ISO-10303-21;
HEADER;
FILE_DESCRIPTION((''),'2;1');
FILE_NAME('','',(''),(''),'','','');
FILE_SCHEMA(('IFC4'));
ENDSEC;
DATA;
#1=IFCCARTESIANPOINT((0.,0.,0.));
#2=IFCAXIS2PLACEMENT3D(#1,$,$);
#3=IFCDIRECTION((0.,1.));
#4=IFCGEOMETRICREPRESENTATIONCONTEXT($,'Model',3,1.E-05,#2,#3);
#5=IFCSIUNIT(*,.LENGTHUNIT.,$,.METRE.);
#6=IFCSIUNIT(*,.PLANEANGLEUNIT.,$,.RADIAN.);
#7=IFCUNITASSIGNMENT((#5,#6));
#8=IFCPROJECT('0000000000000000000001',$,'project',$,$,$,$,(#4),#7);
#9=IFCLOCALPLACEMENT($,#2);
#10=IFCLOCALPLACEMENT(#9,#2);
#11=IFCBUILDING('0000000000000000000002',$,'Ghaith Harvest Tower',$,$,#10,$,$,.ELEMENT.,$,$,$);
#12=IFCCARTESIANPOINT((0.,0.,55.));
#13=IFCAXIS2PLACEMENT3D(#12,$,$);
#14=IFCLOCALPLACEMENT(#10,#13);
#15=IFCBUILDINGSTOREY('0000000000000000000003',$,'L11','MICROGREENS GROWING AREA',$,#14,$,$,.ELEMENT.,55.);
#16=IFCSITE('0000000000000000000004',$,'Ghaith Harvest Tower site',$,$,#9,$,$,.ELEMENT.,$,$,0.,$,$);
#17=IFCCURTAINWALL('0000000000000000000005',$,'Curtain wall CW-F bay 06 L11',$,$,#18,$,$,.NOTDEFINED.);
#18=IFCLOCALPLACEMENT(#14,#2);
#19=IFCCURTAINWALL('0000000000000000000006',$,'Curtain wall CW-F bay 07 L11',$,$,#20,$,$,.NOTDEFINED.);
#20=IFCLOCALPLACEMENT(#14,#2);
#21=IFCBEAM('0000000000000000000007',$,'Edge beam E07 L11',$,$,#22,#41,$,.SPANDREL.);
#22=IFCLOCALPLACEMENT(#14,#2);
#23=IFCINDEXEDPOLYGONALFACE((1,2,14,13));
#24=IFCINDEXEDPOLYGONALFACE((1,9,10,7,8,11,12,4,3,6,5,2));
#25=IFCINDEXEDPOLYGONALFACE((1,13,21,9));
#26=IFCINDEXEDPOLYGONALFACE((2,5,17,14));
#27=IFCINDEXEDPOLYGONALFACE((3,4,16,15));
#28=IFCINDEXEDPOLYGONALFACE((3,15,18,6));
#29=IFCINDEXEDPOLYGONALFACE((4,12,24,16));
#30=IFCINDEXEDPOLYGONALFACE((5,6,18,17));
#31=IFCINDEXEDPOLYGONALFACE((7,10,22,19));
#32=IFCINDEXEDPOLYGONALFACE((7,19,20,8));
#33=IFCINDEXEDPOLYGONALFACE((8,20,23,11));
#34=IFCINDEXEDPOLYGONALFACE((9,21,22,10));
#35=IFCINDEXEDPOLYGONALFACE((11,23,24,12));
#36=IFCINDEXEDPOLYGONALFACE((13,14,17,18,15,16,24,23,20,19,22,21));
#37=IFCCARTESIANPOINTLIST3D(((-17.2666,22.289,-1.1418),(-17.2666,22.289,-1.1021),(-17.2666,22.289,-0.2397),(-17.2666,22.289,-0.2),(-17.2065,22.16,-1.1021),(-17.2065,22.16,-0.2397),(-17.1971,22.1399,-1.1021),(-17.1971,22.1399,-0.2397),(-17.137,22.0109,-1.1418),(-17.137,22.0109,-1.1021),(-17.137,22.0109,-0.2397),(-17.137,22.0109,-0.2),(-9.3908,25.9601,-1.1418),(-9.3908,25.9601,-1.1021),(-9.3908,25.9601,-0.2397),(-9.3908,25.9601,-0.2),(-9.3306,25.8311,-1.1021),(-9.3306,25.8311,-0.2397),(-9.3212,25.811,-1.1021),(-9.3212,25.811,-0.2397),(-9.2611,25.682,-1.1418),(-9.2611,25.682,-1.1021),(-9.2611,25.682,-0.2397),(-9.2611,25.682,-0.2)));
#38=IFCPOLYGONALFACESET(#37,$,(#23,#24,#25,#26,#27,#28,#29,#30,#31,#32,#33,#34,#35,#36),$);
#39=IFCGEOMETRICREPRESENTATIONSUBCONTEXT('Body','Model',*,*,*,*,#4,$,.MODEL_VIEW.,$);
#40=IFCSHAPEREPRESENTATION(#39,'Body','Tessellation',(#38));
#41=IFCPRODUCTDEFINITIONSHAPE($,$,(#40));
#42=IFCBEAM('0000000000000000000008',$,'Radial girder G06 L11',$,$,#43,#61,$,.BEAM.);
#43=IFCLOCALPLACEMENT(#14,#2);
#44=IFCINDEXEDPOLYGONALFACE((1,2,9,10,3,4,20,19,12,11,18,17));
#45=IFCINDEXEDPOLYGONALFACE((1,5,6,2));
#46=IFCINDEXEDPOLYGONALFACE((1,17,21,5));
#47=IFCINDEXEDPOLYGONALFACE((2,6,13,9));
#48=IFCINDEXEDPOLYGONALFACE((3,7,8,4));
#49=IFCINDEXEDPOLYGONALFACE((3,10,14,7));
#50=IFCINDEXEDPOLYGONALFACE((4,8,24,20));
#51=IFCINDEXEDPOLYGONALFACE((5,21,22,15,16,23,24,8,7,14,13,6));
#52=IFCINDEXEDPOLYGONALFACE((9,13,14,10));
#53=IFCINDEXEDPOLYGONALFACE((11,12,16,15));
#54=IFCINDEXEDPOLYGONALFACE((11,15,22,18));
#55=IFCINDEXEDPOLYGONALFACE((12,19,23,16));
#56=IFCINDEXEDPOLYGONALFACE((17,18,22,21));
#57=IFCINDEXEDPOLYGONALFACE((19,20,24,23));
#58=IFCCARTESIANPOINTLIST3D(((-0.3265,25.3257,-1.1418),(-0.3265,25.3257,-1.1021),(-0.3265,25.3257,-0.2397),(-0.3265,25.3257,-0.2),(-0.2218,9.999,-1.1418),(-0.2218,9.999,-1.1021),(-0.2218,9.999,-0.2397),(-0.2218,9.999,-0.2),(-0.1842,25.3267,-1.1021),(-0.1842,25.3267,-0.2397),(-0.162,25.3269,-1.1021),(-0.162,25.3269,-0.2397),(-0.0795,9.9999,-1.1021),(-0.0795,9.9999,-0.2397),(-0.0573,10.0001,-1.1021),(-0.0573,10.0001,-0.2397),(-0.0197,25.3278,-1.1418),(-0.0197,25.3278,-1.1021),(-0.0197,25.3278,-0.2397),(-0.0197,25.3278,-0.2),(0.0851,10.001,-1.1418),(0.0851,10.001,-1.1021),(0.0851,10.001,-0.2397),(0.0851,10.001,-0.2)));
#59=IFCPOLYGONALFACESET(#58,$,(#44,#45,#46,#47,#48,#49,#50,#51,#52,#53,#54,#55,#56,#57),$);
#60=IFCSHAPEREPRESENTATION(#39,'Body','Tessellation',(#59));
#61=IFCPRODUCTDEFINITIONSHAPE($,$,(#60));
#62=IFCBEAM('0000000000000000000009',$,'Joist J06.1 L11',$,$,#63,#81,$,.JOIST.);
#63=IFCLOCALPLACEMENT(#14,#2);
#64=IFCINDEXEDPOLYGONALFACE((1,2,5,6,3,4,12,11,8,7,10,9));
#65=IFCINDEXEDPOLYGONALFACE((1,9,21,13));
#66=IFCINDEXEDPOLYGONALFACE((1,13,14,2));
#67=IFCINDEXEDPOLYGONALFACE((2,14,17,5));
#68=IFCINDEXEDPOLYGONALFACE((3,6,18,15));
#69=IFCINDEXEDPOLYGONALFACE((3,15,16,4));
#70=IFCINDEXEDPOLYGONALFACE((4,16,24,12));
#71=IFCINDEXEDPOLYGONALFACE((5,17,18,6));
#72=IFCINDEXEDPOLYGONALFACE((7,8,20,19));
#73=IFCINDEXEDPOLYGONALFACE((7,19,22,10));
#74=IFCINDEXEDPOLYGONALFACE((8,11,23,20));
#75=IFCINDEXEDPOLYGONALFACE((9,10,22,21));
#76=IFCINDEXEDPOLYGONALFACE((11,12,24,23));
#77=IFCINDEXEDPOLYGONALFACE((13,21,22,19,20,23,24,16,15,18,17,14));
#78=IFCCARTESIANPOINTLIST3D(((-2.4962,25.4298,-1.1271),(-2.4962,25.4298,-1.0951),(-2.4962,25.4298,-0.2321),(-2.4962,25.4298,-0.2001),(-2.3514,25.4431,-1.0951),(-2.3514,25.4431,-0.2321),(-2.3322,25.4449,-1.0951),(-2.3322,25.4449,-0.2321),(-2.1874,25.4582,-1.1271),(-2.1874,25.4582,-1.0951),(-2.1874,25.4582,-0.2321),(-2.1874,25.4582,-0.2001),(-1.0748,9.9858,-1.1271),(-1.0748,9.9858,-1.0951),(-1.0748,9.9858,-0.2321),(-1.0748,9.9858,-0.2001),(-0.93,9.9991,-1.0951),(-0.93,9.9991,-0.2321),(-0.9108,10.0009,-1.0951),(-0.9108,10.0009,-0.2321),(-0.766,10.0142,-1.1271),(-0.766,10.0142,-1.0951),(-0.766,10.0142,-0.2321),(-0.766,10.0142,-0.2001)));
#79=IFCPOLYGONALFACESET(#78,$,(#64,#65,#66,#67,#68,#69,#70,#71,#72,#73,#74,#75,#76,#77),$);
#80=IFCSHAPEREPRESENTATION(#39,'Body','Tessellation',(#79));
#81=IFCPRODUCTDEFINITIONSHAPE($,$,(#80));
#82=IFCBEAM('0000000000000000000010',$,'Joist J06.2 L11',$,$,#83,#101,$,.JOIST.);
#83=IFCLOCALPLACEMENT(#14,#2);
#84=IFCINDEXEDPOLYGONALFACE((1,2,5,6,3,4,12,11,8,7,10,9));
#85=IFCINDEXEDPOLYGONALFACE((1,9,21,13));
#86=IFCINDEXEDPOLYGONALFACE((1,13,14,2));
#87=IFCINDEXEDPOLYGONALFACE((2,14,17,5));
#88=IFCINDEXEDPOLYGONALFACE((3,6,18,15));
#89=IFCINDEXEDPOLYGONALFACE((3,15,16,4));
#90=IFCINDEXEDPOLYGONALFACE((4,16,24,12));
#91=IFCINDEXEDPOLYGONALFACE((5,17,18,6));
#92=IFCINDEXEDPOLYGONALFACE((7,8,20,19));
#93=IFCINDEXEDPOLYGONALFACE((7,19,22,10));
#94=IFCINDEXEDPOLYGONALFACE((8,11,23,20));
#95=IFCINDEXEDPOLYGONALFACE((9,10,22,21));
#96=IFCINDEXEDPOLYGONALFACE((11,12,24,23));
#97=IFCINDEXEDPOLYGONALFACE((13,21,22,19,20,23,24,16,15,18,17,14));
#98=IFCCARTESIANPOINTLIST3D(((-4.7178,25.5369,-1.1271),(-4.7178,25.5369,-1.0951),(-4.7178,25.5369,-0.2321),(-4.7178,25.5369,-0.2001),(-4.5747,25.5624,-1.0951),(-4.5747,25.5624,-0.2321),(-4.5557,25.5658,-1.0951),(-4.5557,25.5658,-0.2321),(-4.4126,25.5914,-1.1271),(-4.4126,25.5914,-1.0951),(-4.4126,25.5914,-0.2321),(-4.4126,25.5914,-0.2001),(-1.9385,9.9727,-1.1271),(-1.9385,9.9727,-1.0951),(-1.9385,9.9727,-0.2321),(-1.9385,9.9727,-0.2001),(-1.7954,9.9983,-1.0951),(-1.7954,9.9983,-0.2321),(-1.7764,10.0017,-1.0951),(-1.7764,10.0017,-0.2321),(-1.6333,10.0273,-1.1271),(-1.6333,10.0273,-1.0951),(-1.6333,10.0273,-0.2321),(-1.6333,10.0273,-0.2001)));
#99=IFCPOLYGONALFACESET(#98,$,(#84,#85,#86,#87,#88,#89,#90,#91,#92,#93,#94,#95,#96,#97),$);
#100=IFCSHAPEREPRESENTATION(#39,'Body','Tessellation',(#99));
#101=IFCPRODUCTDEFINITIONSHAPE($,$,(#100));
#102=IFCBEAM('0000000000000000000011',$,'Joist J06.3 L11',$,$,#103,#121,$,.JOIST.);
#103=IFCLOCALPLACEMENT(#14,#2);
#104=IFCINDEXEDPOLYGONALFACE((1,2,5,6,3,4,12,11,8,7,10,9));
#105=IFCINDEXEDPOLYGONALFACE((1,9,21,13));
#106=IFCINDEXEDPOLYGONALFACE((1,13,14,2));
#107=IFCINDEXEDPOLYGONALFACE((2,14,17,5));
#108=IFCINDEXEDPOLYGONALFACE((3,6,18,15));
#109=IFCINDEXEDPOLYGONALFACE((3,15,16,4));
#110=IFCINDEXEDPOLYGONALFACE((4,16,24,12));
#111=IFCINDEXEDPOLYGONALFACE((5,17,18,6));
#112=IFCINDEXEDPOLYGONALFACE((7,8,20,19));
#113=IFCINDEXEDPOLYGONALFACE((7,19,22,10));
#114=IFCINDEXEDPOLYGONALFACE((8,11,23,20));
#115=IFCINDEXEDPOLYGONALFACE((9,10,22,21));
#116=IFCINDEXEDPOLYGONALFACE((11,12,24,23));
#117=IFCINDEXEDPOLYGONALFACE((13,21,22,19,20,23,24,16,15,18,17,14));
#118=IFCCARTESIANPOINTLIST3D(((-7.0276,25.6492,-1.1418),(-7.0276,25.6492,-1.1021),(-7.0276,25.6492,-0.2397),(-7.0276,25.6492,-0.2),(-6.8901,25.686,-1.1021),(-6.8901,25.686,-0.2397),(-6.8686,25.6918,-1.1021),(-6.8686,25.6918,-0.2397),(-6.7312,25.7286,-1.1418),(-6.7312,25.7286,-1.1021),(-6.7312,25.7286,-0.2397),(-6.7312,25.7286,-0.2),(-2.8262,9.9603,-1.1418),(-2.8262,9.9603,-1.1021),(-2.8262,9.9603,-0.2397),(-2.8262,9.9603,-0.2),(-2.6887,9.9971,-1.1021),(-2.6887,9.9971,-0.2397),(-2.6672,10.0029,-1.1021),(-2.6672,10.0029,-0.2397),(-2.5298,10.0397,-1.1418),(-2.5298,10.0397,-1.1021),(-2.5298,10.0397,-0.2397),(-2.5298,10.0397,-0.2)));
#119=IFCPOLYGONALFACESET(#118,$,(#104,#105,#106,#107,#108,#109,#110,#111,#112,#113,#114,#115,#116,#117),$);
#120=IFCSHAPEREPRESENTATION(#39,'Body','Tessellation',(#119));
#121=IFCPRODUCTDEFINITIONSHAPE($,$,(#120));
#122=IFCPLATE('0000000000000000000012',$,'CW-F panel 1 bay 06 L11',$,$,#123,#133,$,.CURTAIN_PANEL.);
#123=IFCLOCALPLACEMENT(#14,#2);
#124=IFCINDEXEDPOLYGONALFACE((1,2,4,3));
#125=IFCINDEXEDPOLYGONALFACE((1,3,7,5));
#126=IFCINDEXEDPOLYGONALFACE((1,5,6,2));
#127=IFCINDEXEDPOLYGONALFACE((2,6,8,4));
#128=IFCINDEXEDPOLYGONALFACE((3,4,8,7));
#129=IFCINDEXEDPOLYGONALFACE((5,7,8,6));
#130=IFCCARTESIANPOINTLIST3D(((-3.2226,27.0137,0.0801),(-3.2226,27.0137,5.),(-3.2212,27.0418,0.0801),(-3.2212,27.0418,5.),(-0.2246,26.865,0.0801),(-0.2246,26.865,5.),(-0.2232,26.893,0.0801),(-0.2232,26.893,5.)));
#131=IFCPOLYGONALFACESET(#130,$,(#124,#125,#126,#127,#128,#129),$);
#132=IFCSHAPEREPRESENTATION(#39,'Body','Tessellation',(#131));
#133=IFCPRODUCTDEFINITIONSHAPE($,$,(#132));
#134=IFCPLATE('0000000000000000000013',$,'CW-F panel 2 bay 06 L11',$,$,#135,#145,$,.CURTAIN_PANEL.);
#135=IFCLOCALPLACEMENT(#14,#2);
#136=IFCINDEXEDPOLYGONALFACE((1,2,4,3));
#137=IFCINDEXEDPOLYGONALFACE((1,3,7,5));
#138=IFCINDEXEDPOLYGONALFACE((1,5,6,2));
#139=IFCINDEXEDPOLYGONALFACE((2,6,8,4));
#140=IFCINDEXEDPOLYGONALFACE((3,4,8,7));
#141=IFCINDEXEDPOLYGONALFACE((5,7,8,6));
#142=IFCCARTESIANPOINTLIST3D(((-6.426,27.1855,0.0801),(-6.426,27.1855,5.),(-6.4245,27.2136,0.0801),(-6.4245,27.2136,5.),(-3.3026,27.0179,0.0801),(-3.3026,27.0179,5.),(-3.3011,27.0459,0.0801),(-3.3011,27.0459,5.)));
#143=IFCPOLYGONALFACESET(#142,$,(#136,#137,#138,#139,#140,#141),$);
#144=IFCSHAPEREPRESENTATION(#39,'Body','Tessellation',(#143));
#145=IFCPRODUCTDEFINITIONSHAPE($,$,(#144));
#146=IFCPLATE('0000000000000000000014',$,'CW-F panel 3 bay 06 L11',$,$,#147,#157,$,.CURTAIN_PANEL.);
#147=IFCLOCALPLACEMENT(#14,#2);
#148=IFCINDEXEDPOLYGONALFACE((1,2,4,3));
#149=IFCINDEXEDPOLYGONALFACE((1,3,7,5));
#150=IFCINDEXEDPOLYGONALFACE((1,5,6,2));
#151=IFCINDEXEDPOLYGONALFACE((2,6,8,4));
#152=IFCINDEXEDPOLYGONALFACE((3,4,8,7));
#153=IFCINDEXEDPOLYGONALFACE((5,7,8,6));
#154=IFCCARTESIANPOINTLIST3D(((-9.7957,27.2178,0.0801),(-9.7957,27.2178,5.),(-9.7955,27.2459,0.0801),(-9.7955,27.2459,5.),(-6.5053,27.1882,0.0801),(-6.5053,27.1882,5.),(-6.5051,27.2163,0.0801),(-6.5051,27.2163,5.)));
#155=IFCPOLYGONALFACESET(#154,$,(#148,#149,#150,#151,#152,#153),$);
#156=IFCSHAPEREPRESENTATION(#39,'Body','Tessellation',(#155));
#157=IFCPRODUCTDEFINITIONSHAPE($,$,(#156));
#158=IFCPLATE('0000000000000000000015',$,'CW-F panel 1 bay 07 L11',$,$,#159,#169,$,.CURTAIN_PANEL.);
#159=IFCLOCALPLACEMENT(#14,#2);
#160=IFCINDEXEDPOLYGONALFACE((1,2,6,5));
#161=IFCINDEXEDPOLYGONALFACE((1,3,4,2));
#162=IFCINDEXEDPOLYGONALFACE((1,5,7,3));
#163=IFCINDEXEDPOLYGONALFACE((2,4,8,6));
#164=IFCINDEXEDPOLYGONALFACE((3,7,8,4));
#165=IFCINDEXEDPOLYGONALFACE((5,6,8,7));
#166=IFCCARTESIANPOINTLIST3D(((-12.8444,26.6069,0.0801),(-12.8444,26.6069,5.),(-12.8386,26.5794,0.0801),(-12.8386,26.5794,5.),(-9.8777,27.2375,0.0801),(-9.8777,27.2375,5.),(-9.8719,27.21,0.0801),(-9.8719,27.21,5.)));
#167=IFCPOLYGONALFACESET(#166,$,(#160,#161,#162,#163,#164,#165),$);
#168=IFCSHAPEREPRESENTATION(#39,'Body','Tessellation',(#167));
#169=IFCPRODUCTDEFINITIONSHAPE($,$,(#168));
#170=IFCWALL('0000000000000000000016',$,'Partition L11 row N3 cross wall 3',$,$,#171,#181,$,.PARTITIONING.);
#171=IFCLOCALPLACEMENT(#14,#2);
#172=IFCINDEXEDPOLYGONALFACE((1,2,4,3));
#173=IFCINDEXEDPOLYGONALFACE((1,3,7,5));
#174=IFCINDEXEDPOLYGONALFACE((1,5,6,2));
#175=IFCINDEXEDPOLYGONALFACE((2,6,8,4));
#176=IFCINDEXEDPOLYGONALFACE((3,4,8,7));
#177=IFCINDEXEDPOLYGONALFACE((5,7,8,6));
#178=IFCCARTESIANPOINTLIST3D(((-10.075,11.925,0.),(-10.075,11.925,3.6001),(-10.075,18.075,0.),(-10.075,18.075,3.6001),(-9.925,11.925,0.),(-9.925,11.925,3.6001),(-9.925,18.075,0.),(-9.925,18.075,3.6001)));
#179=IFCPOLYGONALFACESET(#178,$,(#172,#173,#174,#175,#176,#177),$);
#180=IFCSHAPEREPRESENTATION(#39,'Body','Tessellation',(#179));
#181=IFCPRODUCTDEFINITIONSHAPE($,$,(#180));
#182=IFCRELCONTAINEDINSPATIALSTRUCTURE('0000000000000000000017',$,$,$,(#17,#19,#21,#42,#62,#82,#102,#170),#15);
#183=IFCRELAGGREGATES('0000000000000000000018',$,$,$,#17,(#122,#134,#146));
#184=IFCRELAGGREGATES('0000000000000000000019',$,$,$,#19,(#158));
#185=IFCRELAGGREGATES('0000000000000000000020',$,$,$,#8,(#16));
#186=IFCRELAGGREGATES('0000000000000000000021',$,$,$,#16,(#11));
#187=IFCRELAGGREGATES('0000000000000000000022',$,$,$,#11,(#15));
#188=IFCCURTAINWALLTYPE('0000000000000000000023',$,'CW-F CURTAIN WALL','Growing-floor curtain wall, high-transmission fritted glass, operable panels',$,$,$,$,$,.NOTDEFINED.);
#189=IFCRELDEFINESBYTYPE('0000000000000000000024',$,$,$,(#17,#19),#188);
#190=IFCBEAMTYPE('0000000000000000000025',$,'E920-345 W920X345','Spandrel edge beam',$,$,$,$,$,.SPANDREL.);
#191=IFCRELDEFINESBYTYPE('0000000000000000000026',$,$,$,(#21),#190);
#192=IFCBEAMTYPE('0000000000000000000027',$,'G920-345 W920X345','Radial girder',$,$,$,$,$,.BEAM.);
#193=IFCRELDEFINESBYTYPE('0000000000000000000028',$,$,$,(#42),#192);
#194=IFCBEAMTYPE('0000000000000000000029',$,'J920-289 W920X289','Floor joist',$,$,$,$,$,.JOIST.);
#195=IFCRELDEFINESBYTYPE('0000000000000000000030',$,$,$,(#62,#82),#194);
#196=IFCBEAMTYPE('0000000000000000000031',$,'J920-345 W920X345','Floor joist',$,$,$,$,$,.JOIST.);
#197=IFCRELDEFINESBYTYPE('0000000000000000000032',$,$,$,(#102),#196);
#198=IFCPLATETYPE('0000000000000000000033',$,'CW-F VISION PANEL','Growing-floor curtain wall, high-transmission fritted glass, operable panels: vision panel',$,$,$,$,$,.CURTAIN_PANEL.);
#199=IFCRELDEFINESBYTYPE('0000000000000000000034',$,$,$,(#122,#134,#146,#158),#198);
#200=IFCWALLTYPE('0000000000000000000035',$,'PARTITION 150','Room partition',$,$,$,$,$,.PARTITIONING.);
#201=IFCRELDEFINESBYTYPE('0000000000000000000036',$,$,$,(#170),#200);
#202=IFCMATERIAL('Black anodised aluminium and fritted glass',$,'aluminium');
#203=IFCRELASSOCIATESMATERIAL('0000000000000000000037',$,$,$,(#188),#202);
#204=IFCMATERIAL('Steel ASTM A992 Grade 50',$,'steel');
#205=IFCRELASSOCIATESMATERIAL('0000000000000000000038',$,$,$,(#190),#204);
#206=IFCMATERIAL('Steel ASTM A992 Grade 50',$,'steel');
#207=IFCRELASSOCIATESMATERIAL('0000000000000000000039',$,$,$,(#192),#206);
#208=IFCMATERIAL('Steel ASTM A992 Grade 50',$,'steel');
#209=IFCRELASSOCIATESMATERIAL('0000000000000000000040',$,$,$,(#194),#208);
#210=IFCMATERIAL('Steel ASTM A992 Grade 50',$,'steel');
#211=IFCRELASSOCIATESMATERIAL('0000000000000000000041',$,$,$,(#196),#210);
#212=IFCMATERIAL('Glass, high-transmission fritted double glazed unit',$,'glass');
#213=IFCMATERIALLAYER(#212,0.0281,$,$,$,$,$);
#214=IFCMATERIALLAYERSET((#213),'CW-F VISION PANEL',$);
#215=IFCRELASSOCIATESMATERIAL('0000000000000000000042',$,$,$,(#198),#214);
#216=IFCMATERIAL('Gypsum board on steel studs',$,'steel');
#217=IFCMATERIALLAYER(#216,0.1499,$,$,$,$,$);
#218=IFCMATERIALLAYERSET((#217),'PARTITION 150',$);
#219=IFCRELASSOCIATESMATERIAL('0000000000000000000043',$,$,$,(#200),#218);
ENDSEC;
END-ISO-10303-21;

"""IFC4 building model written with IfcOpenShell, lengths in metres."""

from ifc_helpers import new_model, si_unit, direction, frame, frame_2d, origin, origin_2d, place, context, subcontext, project, spatial, rectangle, i_section, extrude, material, layer, layer_set, material_profile, profile_set, type_object, element, aggregate, save


model = new_model("IFC4")

# Units and contexts
model_context = context("Model", 3, precision=1e-05, world=origin(), true_north=direction((0.0, 1.0)))
body_context = subcontext(model_context, "Body", "Model", "MODEL_VIEW")
ifc_project = project(units=[si_unit("LENGTHUNIT", "METRE"), si_unit("PLANEANGLEUNIT", "RADIAN")], contexts=[model_context])

# Site, building, storey
site_placement = place(None, origin())
site = spatial("IfcSite", under=ifc_project, at=site_placement, Name="Ghaith Harvest Tower site", CompositionType="ELEMENT", RefElevation=0.0)
building_placement = place(site_placement, origin())
building = spatial("IfcBuilding", under=site, at=building_placement, Name="Ghaith Harvest Tower", CompositionType="ELEMENT")
storey_placement = place(building_placement, frame((0.0, 0.0, 55.0)))
storey = spatial("IfcBuildingStorey", under=building, at=storey_placement, Name="L11", Description="MICROGREENS GROWING AREA", CompositionType="ELEMENT", Elevation=55.0)

# Curtain walls
ifc_material_1 = material(Name="Black anodised aluminium and fritted glass", Category="aluminium")
curtain_wall_type = type_object("IfcCurtainWallType", Name="CW-F CURTAIN WALL", Description="Growing-floor curtain wall, high-transmission fritted glass, operable panels", PredefinedType="NOTDEFINED", material=ifc_material_1)
curtain_wall_1_placement = place(storey_placement, origin())
curtain_wall_1 = element("IfcCurtainWall", 1, at=curtain_wall_1_placement, inside=storey, type_object=curtain_wall_type, Name="Curtain wall CW-F bay 06 L11", PredefinedType="NOTDEFINED")
curtain_wall_2_placement = place(storey_placement, origin())
curtain_wall_2 = element("IfcCurtainWall", 2, at=curtain_wall_2_placement, inside=storey, type_object=curtain_wall_type, Name="Curtain wall CW-F bay 07 L11", PredefinedType="NOTDEFINED")

# Beams
ifc_material_2 = material(Name="Steel ASTM A992 Grade 50", Category="steel")
ifc_material_profile_1 = material_profile(ifc_material_2, i_section(OverallWidth=0.3069, OverallDepth=0.9419, WebThickness=0.0222, FlangeThickness=0.0398, at=origin_2d()), Name="W920X345")
ifc_profile_set_1 = profile_set([ifc_material_profile_1], Name="Steel ASTM A992 Grade 50")
beam_type_1 = type_object("IfcBeamType", Name="E920-345 W920X345", Description="Spandrel edge beam", PredefinedType="SPANDREL", material=ifc_profile_set_1)
beam_1_placement = place(storey_placement, frame((-9.3259, 25.821, -0.6709), z_axis=(-0.906373, -0.422478, 0.0), x_axis=(0.422478, -0.906373, 0.0)))
element("IfcBeam", 3, at=beam_1_placement, inside=storey, type_object=beam_type_1, Name="Edge beam E07 L11", PredefinedType="SPANDREL", context=body_context, shape_type="SweptSolid", body=[
    extrude(i_section(OverallWidth=0.3069, OverallDepth=0.9419, WebThickness=0.0222, FlangeThickness=0.0398, at=origin_2d()), origin(), (0.0, 0.0, 1.0), 8.6895),
])
ifc_material_3 = material(Name="Steel ASTM A992 Grade 50", Category="steel")
ifc_material_profile_2 = material_profile(ifc_material_3, i_section(OverallWidth=0.3069, OverallDepth=0.9419, WebThickness=0.0222, FlangeThickness=0.0398, at=origin_2d()), Name="W920X345")
ifc_profile_set_2 = profile_set([ifc_material_profile_2], Name="Steel ASTM A992 Grade 50")
beam_type_2 = type_object("IfcBeamType", Name="G920-345 W920X345", Description="Radial girder", PredefinedType="BEAM", material=ifc_profile_set_2)
beam_2_placement = place(storey_placement, frame((-0.0684, 10.0, -0.6709), z_axis=(-0.006833, 0.999977, 0.0), x_axis=(-0.999977, -0.006833, 0.0)))
element("IfcBeam", 4, at=beam_2_placement, inside=storey, type_object=beam_type_2, Name="Radial girder G06 L11", PredefinedType="BEAM", context=body_context, shape_type="SweptSolid", body=[
    extrude(i_section(OverallWidth=0.3069, OverallDepth=0.9419, WebThickness=0.0222, FlangeThickness=0.0398, at=origin_2d()), origin(), (0.0, 0.0, 1.0), 15.3271),
])
ifc_material_4 = material(Name="Steel ASTM A992 Grade 50", Category="steel")
ifc_material_profile_3 = material_profile(ifc_material_4, i_section(OverallWidth=0.3101, OverallDepth=0.927, WebThickness=0.0193, FlangeThickness=0.032, at=origin_2d()), Name="W920X289")
ifc_profile_set_3 = profile_set([ifc_material_profile_3], Name="Steel ASTM A992 Grade 50")
beam_type_3 = type_object("IfcBeamType", Name="J920-289 W920X289", Description="Floor joist", PredefinedType="JOIST", material=ifc_profile_set_3)
beam_3_placement = place(storey_placement, frame((-0.9204, 10.0, -0.6636), z_axis=(-0.091647, 0.995792, 0.0), x_axis=(-0.995792, -0.091647, 0.0)))
element("IfcBeam", 5, at=beam_3_placement, inside=storey, type_object=beam_type_3, Name="Joist J06.1 L11", PredefinedType="JOIST", context=body_context, shape_type="SweptSolid", body=[
    extrude(i_section(OverallWidth=0.3101, OverallDepth=0.927, WebThickness=0.0193, FlangeThickness=0.032, at=origin_2d()), origin(), (0.0, 0.0, 1.0), 15.5093),
])
beam_4_placement = place(storey_placement, frame((-1.7859, 10.0, -0.6636), z_axis=(-0.175789, 0.984428, 0.0), x_axis=(-0.984428, -0.175789, 0.0)))
element("IfcBeam", 6, at=beam_4_placement, inside=storey, type_object=beam_type_3, Name="Joist J06.2 L11", PredefinedType="JOIST", context=body_context, shape_type="SweptSolid", body=[
    extrude(i_section(OverallWidth=0.3101, OverallDepth=0.927, WebThickness=0.0193, FlangeThickness=0.032, at=origin_2d()), origin(), (0.0, 0.0, 1.0), 15.8103),
])
ifc_material_5 = material(Name="Steel ASTM A992 Grade 50", Category="steel")
ifc_material_profile_4 = material_profile(ifc_material_5, i_section(OverallWidth=0.3069, OverallDepth=0.9419, WebThickness=0.0222, FlangeThickness=0.0398, at=origin_2d()), Name="W920X345")
ifc_profile_set_4 = profile_set([ifc_material_profile_4], Name="Steel ASTM A992 Grade 50")
beam_type_4 = type_object("IfcBeamType", Name="J920-345 W920X345", Description="Floor joist", PredefinedType="JOIST", material=ifc_profile_set_4)
beam_5_placement = place(storey_placement, frame((-2.678, 10.0, -0.6709), z_axis=(-0.258679, 0.965963, 0.0), x_axis=(-0.965963, -0.258679, 0.0)))
element("IfcBeam", 7, at=beam_5_placement, inside=storey, type_object=beam_type_4, Name="Joist J06.3 L11", PredefinedType="JOIST", context=body_context, shape_type="SweptSolid", body=[
    extrude(i_section(OverallWidth=0.3069, OverallDepth=0.9419, WebThickness=0.0222, FlangeThickness=0.0398, at=origin_2d()), origin(), (0.0, 0.0, 1.0), 16.2417),
])

# Plates
ifc_material_6 = material(Name="Glass, high-transmission fritted double glazed unit", Category="glass")
ifc_layer_1 = layer(ifc_material_6, 0.0281)
ifc_layer_set_1 = layer_set([ifc_layer_1], Name="CW-F VISION PANEL")
plate_type = type_object("IfcPlateType", Name="CW-F VISION PANEL", Description="Growing-floor curtain wall, high-transmission fritted glass, operable panels: vision panel", PredefinedType="CURTAIN_PANEL", material=ifc_layer_set_1)
plate_1_placement = place(storey_placement, frame((-1.7229, 26.9534, 0.0801), z_axis=(0.0, 0.0, 1.0), x_axis=(-0.998771, 0.049554, 0.0)))
plate_1 = element("IfcPlate", 8, at=plate_1_placement, type_object=plate_type, Name="CW-F panel 1 bay 06 L11", PredefinedType="CURTAIN_PANEL", context=body_context, shape_type="SweptSolid", body=[
    extrude(rectangle(XDim=3.0017, YDim=0.0281, at=origin_2d()), origin(), (0.0, 0.0, 1.0), 4.9199),
])
plate_2_placement = place(storey_placement, frame((-4.8635, 27.1157, 0.0801), z_axis=(0.0, 0.0, 1.0), x_axis=(-0.998563, 0.0536, 0.0)))
plate_2 = element("IfcPlate", 9, at=plate_2_placement, type_object=plate_type, Name="CW-F panel 2 bay 06 L11", PredefinedType="CURTAIN_PANEL", context=body_context, shape_type="SweptSolid", body=[
    extrude(rectangle(XDim=3.1279, YDim=0.0281, at=origin_2d()), origin(), (0.0, 0.0, 1.0), 4.9199),
])
plate_3_placement = place(storey_placement, frame((-8.1504, 27.217, 0.0801), z_axis=(0.0, 0.0, 1.0), x_axis=(-0.99996, 0.008988, 0.0)))
plate_3 = element("IfcPlate", 10, at=plate_3_placement, type_object=plate_type, Name="CW-F panel 3 bay 06 L11", PredefinedType="CURTAIN_PANEL", context=body_context, shape_type="SweptSolid", body=[
    extrude(rectangle(XDim=3.2905, YDim=0.0281, at=origin_2d()), origin(), (0.0, 0.0, 1.0), 4.9199),
])
aggregate(curtain_wall_1, [plate_1, plate_2, plate_3])
plate_4_placement = place(storey_placement, frame((-11.3582, 26.9084, 0.0801), z_axis=(0.0, 0.0, 1.0), x_axis=(-0.978149, -0.207904, 0.0)))
plate_4 = element("IfcPlate", 11, at=plate_4_placement, type_object=plate_type, Name="CW-F panel 1 bay 07 L11", PredefinedType="CURTAIN_PANEL", context=body_context, shape_type="SweptSolid", body=[
    extrude(rectangle(XDim=3.033, YDim=0.0281, at=origin_2d()), origin(), (0.0, 0.0, 1.0), 4.9199),
])
aggregate(curtain_wall_2, [plate_4])

# Wall
ifc_material_7 = material(Name="Gypsum board on steel studs", Category="steel")
ifc_layer_2 = layer(ifc_material_7, 0.1499)
ifc_layer_set_2 = layer_set([ifc_layer_2], Name="PARTITION 150")
wall_type = type_object("IfcWallType", Name="PARTITION 150", Description="Room partition", PredefinedType="PARTITIONING", material=ifc_layer_set_2)
wall_1_placement = place(storey_placement, frame((-10.0, 11.925, 0.0), z_axis=(0.0, 0.0, 1.0), x_axis=(0.0, 1.0, 0.0)))
element("IfcWall", 12, at=wall_1_placement, inside=storey, type_object=wall_type, Name="Partition L11 row N3 cross wall 3", PredefinedType="PARTITIONING", context=body_context, shape_type="SweptSolid", body=[
    extrude(rectangle(XDim=6.1499, YDim=0.1499, at=frame_2d((3.075, 0.0))), origin(), (0.0, 0.0, 1.0), 3.6001),
])

save(model, "model.ifc")
